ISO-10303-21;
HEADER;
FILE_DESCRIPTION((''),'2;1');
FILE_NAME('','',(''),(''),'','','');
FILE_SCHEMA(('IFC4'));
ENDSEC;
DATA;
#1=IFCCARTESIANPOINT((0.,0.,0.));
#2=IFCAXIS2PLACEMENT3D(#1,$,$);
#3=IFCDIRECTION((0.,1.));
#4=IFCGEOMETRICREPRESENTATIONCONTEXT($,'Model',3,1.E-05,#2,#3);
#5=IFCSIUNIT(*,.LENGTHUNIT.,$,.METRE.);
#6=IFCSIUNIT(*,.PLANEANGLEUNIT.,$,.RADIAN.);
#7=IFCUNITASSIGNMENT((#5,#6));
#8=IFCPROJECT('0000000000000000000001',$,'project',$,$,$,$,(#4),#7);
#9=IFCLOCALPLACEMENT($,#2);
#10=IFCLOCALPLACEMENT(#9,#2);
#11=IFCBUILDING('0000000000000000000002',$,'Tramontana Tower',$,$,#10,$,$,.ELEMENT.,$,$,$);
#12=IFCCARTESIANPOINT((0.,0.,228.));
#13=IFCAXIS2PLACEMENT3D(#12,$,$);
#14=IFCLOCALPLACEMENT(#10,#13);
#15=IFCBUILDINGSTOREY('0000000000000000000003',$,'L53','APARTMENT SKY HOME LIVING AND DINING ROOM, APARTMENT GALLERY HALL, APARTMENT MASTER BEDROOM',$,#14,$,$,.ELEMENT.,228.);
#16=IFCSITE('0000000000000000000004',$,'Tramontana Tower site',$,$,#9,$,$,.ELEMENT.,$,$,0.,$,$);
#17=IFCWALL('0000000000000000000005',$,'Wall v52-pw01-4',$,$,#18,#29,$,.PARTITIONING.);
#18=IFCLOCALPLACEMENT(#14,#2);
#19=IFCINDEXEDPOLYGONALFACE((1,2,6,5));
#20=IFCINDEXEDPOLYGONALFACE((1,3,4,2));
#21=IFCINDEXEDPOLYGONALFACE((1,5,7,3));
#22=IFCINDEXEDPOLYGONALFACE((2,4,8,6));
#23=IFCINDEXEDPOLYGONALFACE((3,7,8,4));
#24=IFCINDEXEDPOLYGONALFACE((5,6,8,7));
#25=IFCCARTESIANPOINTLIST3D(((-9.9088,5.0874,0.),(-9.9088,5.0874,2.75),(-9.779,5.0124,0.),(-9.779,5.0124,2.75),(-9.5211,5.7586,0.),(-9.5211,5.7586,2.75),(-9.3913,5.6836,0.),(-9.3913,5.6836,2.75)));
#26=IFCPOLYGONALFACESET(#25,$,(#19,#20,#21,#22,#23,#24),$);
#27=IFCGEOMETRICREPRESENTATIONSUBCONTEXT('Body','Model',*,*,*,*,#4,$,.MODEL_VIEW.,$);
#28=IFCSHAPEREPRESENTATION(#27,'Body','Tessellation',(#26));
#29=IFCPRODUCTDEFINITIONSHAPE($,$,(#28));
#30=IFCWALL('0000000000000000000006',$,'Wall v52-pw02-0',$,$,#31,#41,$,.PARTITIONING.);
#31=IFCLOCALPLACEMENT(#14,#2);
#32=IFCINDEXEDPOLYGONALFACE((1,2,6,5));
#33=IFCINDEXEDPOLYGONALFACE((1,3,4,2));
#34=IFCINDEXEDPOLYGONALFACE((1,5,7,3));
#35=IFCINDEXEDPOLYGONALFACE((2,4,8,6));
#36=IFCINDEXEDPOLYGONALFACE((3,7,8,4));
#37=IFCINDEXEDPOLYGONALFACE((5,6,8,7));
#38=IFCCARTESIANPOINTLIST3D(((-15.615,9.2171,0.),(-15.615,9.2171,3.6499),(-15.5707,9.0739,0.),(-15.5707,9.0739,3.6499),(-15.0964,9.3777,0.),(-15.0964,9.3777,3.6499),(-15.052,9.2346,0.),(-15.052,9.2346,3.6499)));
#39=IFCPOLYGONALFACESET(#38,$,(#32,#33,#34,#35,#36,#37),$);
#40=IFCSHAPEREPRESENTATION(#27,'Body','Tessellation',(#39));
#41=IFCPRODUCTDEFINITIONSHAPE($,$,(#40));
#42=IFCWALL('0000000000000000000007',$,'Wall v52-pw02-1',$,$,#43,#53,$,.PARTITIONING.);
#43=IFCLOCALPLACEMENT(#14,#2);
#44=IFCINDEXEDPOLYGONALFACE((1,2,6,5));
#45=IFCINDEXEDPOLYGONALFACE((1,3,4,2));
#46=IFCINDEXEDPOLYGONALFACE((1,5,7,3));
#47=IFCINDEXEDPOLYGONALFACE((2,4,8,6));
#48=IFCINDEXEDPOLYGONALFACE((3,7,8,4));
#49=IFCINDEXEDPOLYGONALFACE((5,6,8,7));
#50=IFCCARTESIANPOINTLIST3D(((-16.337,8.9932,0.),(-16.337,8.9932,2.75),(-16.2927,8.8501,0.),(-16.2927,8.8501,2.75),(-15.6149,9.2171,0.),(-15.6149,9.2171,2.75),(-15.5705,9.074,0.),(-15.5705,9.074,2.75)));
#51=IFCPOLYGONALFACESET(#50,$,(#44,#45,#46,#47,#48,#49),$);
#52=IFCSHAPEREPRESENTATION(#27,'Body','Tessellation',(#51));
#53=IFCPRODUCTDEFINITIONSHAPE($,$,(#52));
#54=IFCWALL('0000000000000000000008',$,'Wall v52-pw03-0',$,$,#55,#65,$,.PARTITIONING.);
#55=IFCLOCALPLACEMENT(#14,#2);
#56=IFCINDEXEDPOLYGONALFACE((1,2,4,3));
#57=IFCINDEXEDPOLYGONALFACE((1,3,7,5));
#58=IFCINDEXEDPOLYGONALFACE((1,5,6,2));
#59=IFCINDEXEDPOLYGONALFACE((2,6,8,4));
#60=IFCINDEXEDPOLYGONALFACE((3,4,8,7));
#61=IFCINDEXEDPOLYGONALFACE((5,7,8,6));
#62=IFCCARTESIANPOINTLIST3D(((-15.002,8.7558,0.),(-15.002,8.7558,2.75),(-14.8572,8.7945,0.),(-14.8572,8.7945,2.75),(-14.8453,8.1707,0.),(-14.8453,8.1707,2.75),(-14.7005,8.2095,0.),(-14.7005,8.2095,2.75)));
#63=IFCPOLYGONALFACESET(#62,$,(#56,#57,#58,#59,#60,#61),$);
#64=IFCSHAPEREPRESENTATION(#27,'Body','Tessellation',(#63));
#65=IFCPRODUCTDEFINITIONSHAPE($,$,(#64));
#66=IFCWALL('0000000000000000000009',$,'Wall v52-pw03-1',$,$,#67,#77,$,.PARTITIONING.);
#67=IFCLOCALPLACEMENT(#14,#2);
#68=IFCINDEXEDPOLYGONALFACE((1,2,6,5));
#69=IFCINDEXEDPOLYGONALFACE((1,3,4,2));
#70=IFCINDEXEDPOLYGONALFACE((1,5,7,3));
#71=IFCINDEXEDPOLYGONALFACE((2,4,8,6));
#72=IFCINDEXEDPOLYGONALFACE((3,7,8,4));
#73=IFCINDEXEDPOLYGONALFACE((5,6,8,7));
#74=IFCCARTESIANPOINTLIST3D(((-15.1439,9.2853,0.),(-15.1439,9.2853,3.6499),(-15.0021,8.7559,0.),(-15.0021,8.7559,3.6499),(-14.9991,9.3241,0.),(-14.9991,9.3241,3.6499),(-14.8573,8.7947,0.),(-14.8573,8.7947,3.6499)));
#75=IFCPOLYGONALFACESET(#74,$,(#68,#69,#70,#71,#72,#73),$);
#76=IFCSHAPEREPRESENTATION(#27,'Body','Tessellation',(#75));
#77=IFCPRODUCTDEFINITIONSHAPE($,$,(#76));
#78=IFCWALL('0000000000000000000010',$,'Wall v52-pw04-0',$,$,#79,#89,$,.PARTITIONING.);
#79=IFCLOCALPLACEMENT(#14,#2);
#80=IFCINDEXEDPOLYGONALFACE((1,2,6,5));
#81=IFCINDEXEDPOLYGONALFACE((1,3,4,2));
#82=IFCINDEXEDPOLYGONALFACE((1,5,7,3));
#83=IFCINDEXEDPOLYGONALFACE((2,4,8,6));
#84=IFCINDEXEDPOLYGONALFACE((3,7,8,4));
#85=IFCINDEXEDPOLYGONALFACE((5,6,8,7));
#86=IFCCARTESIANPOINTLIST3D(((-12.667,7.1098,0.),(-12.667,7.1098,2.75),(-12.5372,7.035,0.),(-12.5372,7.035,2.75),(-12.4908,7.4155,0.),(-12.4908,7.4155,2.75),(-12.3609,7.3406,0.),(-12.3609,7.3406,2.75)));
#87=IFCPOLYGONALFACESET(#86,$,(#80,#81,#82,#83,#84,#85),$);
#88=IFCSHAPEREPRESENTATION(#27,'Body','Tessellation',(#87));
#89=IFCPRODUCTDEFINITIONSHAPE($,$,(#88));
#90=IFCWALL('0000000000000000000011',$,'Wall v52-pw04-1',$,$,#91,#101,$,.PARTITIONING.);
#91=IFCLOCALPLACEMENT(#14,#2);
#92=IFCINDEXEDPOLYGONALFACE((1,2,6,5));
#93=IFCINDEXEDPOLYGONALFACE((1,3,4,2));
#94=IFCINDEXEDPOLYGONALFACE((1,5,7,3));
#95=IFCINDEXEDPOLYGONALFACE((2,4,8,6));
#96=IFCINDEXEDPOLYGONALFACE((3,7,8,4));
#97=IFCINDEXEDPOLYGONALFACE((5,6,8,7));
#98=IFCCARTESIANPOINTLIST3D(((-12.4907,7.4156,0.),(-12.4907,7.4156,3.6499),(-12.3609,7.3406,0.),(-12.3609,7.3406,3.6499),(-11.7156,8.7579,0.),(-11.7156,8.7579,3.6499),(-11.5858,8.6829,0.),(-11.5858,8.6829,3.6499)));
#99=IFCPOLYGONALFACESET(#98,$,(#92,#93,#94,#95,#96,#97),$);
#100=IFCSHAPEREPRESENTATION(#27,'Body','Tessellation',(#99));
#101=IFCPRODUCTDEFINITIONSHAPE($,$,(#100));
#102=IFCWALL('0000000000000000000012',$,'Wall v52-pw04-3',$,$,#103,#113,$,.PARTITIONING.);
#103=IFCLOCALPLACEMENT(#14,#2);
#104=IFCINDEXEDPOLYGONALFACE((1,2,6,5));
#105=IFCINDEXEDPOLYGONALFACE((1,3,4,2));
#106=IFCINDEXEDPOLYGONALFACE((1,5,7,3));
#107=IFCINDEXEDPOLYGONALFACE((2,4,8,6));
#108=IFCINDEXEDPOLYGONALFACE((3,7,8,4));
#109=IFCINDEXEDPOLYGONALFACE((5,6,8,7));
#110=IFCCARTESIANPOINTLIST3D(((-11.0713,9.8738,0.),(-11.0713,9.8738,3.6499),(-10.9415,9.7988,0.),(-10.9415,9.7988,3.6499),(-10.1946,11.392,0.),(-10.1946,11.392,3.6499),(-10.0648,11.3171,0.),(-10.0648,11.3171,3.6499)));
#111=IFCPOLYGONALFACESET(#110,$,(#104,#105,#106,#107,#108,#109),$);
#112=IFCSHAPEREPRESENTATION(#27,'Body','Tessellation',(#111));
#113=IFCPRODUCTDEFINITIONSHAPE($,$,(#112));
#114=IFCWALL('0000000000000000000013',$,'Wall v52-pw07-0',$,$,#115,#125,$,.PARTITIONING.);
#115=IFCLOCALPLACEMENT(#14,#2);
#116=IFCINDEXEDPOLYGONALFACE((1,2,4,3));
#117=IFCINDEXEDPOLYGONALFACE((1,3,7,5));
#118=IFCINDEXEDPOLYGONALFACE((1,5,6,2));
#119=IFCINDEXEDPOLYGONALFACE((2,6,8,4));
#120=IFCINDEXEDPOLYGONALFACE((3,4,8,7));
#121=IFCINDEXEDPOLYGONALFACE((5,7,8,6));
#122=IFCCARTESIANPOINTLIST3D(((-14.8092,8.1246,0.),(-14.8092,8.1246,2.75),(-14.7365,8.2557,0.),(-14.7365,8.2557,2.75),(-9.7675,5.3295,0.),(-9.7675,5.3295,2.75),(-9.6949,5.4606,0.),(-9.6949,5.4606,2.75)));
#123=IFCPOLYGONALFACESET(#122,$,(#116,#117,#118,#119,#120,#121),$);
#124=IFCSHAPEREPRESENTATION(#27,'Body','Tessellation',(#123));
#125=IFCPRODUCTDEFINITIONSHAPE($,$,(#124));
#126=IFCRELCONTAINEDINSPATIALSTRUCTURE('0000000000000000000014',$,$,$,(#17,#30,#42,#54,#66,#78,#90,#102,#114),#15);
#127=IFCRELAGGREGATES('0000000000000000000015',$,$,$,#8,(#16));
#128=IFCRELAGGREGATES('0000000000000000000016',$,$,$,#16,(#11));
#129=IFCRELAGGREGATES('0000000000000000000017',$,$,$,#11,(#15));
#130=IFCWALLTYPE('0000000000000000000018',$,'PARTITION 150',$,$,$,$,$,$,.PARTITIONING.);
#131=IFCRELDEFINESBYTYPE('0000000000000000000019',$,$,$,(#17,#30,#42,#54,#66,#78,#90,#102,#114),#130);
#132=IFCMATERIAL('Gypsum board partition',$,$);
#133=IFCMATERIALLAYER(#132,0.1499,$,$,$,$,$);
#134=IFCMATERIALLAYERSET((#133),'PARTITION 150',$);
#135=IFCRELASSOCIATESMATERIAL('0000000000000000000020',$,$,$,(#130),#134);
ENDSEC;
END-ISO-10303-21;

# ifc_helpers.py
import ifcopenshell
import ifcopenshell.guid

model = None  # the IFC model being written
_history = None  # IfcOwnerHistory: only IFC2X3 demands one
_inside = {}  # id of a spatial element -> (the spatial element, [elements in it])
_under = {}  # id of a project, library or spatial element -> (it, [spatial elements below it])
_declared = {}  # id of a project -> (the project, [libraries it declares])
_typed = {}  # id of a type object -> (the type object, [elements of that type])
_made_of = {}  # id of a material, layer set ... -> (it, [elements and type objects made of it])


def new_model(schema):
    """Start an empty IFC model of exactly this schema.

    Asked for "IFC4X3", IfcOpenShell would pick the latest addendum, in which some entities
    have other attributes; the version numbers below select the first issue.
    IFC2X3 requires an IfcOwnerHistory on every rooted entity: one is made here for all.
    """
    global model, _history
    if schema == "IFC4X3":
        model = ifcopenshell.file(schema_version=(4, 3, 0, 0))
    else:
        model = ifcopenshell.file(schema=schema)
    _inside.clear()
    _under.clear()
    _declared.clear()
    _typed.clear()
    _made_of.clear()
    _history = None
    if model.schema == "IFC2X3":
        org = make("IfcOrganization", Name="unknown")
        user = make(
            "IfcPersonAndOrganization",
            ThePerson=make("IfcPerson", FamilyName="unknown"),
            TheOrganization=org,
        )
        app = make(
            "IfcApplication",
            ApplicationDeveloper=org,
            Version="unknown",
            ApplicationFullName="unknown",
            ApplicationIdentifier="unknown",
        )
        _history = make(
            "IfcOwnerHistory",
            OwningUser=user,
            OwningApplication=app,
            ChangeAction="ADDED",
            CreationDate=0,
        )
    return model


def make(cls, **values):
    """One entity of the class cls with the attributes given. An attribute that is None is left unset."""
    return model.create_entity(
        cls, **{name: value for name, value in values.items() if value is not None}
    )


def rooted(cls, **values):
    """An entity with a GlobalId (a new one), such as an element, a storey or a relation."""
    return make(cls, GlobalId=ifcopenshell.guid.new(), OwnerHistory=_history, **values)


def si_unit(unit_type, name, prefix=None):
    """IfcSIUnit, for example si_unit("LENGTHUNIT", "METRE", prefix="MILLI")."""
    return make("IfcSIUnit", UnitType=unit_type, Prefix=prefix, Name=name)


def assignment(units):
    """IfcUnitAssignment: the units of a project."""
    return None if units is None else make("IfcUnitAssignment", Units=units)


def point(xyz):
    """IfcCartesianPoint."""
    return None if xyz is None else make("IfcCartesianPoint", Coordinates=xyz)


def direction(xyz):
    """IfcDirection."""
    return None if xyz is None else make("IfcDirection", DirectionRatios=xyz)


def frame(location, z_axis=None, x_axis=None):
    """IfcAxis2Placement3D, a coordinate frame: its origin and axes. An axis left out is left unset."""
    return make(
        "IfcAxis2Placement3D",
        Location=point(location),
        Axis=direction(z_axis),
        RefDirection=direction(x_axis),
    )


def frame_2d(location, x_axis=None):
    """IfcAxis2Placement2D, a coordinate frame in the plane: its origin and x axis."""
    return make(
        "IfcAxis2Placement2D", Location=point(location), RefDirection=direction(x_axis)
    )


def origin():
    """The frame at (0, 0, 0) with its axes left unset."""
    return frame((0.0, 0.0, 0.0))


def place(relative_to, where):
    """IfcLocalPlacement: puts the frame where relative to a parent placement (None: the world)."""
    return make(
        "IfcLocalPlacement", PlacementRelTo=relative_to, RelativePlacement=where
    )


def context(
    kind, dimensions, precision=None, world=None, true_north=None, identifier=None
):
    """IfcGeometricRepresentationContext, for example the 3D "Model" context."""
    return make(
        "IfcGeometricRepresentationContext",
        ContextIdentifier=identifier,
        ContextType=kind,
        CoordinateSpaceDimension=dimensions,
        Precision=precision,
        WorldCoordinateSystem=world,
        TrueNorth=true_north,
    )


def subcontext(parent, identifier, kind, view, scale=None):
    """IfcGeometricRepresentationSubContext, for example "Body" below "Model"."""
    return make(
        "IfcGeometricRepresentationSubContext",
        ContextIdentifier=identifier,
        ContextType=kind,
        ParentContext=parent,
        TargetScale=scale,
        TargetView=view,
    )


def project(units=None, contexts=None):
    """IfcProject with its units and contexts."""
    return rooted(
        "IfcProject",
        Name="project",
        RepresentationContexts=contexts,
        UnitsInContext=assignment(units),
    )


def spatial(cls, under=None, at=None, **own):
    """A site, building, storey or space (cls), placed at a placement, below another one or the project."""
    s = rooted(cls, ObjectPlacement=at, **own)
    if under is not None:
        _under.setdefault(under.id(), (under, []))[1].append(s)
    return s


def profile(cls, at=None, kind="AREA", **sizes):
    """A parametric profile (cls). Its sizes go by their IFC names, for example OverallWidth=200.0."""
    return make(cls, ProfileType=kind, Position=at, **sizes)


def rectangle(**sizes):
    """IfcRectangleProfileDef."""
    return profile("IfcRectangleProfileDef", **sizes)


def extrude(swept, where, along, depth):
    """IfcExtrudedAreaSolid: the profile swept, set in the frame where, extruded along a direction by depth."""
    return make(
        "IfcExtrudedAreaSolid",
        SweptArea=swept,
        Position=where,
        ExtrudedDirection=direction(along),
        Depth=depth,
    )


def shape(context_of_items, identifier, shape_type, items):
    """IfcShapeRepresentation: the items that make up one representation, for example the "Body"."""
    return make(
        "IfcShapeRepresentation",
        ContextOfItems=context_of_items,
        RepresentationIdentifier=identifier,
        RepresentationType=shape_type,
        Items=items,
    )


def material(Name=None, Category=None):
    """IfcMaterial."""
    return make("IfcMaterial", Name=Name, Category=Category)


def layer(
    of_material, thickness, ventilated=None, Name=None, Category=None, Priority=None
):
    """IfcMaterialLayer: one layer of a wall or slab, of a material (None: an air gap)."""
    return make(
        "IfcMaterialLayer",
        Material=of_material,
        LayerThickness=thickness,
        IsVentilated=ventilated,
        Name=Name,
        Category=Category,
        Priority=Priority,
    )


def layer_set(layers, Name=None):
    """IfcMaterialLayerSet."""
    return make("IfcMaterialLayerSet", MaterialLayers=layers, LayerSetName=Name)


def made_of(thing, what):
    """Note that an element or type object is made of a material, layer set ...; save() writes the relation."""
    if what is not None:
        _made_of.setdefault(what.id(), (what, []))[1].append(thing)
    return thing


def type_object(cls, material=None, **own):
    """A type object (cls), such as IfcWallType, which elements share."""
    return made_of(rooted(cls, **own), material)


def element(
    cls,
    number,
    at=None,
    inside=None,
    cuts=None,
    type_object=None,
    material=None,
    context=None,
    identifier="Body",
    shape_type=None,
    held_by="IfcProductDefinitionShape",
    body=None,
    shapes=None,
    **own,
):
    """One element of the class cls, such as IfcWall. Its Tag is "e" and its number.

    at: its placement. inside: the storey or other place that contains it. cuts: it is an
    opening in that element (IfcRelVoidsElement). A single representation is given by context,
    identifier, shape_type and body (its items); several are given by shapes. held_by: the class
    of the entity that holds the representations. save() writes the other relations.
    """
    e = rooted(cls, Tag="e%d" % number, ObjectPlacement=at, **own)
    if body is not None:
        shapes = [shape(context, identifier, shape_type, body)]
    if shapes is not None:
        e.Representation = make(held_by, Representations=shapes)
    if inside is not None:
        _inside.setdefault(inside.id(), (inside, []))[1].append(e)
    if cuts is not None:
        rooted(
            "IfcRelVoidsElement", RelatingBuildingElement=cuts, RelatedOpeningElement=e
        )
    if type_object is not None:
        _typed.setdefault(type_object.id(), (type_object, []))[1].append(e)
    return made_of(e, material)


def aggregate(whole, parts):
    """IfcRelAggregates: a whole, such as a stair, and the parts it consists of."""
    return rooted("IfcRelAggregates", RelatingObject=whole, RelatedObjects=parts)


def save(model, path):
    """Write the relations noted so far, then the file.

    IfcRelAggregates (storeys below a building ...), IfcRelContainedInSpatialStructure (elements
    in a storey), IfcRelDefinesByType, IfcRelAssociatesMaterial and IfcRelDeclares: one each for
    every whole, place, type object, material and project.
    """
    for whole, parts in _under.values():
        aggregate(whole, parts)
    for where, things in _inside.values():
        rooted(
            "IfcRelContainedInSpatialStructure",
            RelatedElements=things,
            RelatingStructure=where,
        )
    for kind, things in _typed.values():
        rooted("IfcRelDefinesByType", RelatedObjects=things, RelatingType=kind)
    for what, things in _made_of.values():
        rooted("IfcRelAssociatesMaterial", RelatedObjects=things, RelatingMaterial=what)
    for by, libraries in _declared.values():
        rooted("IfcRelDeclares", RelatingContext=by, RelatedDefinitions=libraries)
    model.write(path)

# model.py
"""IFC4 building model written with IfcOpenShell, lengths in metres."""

from ifc_helpers import new_model, si_unit, direction, frame, frame_2d, origin, place, context, subcontext, project, spatial, rectangle, extrude, material, layer, layer_set, type_object, element, save


model = new_model("IFC4")

# Units and contexts
model_context = context("Model", 3, precision=1e-05, world=origin(), true_north=direction((0.0, 1.0)))
body_context = subcontext(model_context, "Body", "Model", "MODEL_VIEW")
ifc_project = project(units=[si_unit("LENGTHUNIT", "METRE"), si_unit("PLANEANGLEUNIT", "RADIAN")], contexts=[model_context])

# Site, building, storey
site_placement = place(None, origin())
site = spatial("IfcSite", under=ifc_project, at=site_placement, Name="Tramontana Tower site", CompositionType="ELEMENT", RefElevation=0.0)
building_placement = place(site_placement, origin())
building = spatial("IfcBuilding", under=site, at=building_placement, Name="Tramontana Tower", CompositionType="ELEMENT")
storey_placement = place(building_placement, frame((0.0, 0.0, 228.0)))
storey = spatial("IfcBuildingStorey", under=building, at=storey_placement, Name="L53", Description="APARTMENT SKY HOME LIVING AND DINING ROOM, APARTMENT GALLERY HALL, APARTMENT MASTER BEDROOM", CompositionType="ELEMENT", Elevation=228.0)

# Shared definitions
ifc_material_1 = material(Name="Gypsum board partition")
ifc_layer_1 = layer(ifc_material_1, 0.1499)
ifc_layer_set_1 = layer_set([ifc_layer_1], Name="PARTITION 150")
wall_type_1 = type_object("IfcWallType", Name="PARTITION 150", PredefinedType="PARTITIONING", material=ifc_layer_set_1)

# Walls
wall_1_placement = place(storey_placement, frame((-9.844, 5.0498, 0.0), z_axis=(0.0, 0.0, 1.0), x_axis=(0.500204, 0.865908, 0.0)))
element("IfcWall", 1, at=wall_1_placement, inside=storey, type_object=wall_type_1, Name="Wall v52-pw01-4", PredefinedType="PARTITIONING", context=body_context, shape_type="SweptSolid", body=[
    extrude(rectangle(XDim=0.7751, YDim=0.1499, at=frame_2d((0.3877, 0.0))), origin(), (0.0, 0.0, 1.0), 2.75),
])
wall_2_placement = place(storey_placement, frame((-15.0742, 9.3062, 0.0), z_axis=(0.0, 0.0, 1.0), x_axis=(-0.955213, -0.295918, 0.0)))
element("IfcWall", 2, at=wall_2_placement, inside=storey, type_object=wall_type_1, Name="Wall v52-pw02-0", PredefinedType="PARTITIONING", context=body_context, shape_type="SweptSolid", body=[
    extrude(rectangle(XDim=0.543, YDim=0.1499, at=frame_2d((0.2715, 0.0))), origin(), (0.0, 0.0, 1.0), 3.6499),
])
wall_3_placement = place(storey_placement, frame((-15.5928, 9.1455, 0.0), z_axis=(0.0, 0.0, 1.0), x_axis=(-0.955155, -0.296105, 0.0)))
element("IfcWall", 3, at=wall_3_placement, inside=storey, type_object=wall_type_1, Name="Wall v52-pw02-1", PredefinedType="PARTITIONING", context=body_context, shape_type="SweptSolid", body=[
    extrude(rectangle(XDim=0.7561, YDim=0.1499, at=frame_2d((0.3779, 0.0))), origin(), (0.0, 0.0, 1.0), 2.75),
])
wall_4_placement = place(storey_placement, frame((-14.7729, 8.1902, 0.0), z_axis=(0.0, 0.0, 1.0), x_axis=(-0.258716, 0.965953, 0.0)))
element("IfcWall", 4, at=wall_4_placement, inside=storey, type_object=wall_type_1, Name="Wall v52-pw03-0", PredefinedType="PARTITIONING", context=body_context, shape_type="SweptSolid", body=[
    extrude(rectangle(XDim=0.6057, YDim=0.1499, at=frame_2d((0.3027, 0.0))), origin(), (0.0, 0.0, 1.0), 2.75),
])
wall_5_placement = place(storey_placement, frame((-14.9297, 8.7754, 0.0), z_axis=(0.0, 0.0, 1.0), x_axis=(-0.258855, 0.965916, 0.0)))
element("IfcWall", 5, at=wall_5_placement, inside=storey, type_object=wall_type_1, Name="Wall v52-pw03-1", PredefinedType="PARTITIONING", context=body_context, shape_type="SweptSolid", body=[
    extrude(rectangle(XDim=0.5481, YDim=0.1499, at=frame_2d((0.2739, 0.0))), origin(), (0.0, 0.0, 1.0), 3.6499),
])
wall_6_placement = place(storey_placement, frame((-12.6021, 7.0725, 0.0), z_axis=(0.0, 0.0, 1.0), x_axis=(0.499563, 0.866278, 0.0)))
element("IfcWall", 6, at=wall_6_placement, inside=storey, type_object=wall_type_1, Name="Wall v52-pw04-0", PredefinedType="PARTITIONING", context=body_context, shape_type="SweptSolid", body=[
    extrude(rectangle(XDim=0.3528, YDim=0.1499, at=frame_2d((0.1763, 0.0))), origin(), (0.0, 0.0, 1.0), 2.75),
])
wall_7_placement = place(storey_placement, frame((-12.4258, 7.3782, 0.0), z_axis=(0.0, 0.0, 1.0), x_axis=(0.500086, 0.865976, 0.0)))
element("IfcWall", 7, at=wall_7_placement, inside=storey, type_object=wall_type_1, Name="Wall v52-pw04-1", PredefinedType="PARTITIONING", context=body_context, shape_type="SweptSolid", body=[
    extrude(rectangle(XDim=1.55, YDim=0.1499, at=frame_2d((0.7749, 0.0))), origin(), (0.0, 0.0, 1.0), 3.6499),
])

# Walls
wall_8_placement = place(storey_placement, frame((-11.0063, 9.8364, 0.0), z_axis=(0.0, 0.0, 1.0), x_axis=(0.500048, 0.865998, 0.0)))
element("IfcWall", 8, at=wall_8_placement, inside=storey, type_object=wall_type_1, Name="Wall v52-pw04-3", PredefinedType="PARTITIONING", context=body_context, shape_type="SweptSolid", body=[
    extrude(rectangle(XDim=1.7532, YDim=0.1499, at=frame_2d((0.8765, 0.0))), origin(), (0.0, 0.0, 1.0), 3.6499),
])
wall_9_placement = place(storey_placement, frame((-9.7312, 5.395, 0.0), z_axis=(0.0, 0.0, 1.0), x_axis=(-0.874584, 0.484873, 0.0)))
element("IfcWall", 9, at=wall_9_placement, inside=storey, type_object=wall_type_1, Name="Wall v52-pw07-0", PredefinedType="PARTITIONING", context=body_context, shape_type="SweptSolid", body=[
    extrude(rectangle(XDim=5.7646, YDim=0.1499, at=frame_2d((2.8823, 0.0))), origin(), (0.0, 0.0, 1.0), 2.75),
])

save(model, "model.ifc")
